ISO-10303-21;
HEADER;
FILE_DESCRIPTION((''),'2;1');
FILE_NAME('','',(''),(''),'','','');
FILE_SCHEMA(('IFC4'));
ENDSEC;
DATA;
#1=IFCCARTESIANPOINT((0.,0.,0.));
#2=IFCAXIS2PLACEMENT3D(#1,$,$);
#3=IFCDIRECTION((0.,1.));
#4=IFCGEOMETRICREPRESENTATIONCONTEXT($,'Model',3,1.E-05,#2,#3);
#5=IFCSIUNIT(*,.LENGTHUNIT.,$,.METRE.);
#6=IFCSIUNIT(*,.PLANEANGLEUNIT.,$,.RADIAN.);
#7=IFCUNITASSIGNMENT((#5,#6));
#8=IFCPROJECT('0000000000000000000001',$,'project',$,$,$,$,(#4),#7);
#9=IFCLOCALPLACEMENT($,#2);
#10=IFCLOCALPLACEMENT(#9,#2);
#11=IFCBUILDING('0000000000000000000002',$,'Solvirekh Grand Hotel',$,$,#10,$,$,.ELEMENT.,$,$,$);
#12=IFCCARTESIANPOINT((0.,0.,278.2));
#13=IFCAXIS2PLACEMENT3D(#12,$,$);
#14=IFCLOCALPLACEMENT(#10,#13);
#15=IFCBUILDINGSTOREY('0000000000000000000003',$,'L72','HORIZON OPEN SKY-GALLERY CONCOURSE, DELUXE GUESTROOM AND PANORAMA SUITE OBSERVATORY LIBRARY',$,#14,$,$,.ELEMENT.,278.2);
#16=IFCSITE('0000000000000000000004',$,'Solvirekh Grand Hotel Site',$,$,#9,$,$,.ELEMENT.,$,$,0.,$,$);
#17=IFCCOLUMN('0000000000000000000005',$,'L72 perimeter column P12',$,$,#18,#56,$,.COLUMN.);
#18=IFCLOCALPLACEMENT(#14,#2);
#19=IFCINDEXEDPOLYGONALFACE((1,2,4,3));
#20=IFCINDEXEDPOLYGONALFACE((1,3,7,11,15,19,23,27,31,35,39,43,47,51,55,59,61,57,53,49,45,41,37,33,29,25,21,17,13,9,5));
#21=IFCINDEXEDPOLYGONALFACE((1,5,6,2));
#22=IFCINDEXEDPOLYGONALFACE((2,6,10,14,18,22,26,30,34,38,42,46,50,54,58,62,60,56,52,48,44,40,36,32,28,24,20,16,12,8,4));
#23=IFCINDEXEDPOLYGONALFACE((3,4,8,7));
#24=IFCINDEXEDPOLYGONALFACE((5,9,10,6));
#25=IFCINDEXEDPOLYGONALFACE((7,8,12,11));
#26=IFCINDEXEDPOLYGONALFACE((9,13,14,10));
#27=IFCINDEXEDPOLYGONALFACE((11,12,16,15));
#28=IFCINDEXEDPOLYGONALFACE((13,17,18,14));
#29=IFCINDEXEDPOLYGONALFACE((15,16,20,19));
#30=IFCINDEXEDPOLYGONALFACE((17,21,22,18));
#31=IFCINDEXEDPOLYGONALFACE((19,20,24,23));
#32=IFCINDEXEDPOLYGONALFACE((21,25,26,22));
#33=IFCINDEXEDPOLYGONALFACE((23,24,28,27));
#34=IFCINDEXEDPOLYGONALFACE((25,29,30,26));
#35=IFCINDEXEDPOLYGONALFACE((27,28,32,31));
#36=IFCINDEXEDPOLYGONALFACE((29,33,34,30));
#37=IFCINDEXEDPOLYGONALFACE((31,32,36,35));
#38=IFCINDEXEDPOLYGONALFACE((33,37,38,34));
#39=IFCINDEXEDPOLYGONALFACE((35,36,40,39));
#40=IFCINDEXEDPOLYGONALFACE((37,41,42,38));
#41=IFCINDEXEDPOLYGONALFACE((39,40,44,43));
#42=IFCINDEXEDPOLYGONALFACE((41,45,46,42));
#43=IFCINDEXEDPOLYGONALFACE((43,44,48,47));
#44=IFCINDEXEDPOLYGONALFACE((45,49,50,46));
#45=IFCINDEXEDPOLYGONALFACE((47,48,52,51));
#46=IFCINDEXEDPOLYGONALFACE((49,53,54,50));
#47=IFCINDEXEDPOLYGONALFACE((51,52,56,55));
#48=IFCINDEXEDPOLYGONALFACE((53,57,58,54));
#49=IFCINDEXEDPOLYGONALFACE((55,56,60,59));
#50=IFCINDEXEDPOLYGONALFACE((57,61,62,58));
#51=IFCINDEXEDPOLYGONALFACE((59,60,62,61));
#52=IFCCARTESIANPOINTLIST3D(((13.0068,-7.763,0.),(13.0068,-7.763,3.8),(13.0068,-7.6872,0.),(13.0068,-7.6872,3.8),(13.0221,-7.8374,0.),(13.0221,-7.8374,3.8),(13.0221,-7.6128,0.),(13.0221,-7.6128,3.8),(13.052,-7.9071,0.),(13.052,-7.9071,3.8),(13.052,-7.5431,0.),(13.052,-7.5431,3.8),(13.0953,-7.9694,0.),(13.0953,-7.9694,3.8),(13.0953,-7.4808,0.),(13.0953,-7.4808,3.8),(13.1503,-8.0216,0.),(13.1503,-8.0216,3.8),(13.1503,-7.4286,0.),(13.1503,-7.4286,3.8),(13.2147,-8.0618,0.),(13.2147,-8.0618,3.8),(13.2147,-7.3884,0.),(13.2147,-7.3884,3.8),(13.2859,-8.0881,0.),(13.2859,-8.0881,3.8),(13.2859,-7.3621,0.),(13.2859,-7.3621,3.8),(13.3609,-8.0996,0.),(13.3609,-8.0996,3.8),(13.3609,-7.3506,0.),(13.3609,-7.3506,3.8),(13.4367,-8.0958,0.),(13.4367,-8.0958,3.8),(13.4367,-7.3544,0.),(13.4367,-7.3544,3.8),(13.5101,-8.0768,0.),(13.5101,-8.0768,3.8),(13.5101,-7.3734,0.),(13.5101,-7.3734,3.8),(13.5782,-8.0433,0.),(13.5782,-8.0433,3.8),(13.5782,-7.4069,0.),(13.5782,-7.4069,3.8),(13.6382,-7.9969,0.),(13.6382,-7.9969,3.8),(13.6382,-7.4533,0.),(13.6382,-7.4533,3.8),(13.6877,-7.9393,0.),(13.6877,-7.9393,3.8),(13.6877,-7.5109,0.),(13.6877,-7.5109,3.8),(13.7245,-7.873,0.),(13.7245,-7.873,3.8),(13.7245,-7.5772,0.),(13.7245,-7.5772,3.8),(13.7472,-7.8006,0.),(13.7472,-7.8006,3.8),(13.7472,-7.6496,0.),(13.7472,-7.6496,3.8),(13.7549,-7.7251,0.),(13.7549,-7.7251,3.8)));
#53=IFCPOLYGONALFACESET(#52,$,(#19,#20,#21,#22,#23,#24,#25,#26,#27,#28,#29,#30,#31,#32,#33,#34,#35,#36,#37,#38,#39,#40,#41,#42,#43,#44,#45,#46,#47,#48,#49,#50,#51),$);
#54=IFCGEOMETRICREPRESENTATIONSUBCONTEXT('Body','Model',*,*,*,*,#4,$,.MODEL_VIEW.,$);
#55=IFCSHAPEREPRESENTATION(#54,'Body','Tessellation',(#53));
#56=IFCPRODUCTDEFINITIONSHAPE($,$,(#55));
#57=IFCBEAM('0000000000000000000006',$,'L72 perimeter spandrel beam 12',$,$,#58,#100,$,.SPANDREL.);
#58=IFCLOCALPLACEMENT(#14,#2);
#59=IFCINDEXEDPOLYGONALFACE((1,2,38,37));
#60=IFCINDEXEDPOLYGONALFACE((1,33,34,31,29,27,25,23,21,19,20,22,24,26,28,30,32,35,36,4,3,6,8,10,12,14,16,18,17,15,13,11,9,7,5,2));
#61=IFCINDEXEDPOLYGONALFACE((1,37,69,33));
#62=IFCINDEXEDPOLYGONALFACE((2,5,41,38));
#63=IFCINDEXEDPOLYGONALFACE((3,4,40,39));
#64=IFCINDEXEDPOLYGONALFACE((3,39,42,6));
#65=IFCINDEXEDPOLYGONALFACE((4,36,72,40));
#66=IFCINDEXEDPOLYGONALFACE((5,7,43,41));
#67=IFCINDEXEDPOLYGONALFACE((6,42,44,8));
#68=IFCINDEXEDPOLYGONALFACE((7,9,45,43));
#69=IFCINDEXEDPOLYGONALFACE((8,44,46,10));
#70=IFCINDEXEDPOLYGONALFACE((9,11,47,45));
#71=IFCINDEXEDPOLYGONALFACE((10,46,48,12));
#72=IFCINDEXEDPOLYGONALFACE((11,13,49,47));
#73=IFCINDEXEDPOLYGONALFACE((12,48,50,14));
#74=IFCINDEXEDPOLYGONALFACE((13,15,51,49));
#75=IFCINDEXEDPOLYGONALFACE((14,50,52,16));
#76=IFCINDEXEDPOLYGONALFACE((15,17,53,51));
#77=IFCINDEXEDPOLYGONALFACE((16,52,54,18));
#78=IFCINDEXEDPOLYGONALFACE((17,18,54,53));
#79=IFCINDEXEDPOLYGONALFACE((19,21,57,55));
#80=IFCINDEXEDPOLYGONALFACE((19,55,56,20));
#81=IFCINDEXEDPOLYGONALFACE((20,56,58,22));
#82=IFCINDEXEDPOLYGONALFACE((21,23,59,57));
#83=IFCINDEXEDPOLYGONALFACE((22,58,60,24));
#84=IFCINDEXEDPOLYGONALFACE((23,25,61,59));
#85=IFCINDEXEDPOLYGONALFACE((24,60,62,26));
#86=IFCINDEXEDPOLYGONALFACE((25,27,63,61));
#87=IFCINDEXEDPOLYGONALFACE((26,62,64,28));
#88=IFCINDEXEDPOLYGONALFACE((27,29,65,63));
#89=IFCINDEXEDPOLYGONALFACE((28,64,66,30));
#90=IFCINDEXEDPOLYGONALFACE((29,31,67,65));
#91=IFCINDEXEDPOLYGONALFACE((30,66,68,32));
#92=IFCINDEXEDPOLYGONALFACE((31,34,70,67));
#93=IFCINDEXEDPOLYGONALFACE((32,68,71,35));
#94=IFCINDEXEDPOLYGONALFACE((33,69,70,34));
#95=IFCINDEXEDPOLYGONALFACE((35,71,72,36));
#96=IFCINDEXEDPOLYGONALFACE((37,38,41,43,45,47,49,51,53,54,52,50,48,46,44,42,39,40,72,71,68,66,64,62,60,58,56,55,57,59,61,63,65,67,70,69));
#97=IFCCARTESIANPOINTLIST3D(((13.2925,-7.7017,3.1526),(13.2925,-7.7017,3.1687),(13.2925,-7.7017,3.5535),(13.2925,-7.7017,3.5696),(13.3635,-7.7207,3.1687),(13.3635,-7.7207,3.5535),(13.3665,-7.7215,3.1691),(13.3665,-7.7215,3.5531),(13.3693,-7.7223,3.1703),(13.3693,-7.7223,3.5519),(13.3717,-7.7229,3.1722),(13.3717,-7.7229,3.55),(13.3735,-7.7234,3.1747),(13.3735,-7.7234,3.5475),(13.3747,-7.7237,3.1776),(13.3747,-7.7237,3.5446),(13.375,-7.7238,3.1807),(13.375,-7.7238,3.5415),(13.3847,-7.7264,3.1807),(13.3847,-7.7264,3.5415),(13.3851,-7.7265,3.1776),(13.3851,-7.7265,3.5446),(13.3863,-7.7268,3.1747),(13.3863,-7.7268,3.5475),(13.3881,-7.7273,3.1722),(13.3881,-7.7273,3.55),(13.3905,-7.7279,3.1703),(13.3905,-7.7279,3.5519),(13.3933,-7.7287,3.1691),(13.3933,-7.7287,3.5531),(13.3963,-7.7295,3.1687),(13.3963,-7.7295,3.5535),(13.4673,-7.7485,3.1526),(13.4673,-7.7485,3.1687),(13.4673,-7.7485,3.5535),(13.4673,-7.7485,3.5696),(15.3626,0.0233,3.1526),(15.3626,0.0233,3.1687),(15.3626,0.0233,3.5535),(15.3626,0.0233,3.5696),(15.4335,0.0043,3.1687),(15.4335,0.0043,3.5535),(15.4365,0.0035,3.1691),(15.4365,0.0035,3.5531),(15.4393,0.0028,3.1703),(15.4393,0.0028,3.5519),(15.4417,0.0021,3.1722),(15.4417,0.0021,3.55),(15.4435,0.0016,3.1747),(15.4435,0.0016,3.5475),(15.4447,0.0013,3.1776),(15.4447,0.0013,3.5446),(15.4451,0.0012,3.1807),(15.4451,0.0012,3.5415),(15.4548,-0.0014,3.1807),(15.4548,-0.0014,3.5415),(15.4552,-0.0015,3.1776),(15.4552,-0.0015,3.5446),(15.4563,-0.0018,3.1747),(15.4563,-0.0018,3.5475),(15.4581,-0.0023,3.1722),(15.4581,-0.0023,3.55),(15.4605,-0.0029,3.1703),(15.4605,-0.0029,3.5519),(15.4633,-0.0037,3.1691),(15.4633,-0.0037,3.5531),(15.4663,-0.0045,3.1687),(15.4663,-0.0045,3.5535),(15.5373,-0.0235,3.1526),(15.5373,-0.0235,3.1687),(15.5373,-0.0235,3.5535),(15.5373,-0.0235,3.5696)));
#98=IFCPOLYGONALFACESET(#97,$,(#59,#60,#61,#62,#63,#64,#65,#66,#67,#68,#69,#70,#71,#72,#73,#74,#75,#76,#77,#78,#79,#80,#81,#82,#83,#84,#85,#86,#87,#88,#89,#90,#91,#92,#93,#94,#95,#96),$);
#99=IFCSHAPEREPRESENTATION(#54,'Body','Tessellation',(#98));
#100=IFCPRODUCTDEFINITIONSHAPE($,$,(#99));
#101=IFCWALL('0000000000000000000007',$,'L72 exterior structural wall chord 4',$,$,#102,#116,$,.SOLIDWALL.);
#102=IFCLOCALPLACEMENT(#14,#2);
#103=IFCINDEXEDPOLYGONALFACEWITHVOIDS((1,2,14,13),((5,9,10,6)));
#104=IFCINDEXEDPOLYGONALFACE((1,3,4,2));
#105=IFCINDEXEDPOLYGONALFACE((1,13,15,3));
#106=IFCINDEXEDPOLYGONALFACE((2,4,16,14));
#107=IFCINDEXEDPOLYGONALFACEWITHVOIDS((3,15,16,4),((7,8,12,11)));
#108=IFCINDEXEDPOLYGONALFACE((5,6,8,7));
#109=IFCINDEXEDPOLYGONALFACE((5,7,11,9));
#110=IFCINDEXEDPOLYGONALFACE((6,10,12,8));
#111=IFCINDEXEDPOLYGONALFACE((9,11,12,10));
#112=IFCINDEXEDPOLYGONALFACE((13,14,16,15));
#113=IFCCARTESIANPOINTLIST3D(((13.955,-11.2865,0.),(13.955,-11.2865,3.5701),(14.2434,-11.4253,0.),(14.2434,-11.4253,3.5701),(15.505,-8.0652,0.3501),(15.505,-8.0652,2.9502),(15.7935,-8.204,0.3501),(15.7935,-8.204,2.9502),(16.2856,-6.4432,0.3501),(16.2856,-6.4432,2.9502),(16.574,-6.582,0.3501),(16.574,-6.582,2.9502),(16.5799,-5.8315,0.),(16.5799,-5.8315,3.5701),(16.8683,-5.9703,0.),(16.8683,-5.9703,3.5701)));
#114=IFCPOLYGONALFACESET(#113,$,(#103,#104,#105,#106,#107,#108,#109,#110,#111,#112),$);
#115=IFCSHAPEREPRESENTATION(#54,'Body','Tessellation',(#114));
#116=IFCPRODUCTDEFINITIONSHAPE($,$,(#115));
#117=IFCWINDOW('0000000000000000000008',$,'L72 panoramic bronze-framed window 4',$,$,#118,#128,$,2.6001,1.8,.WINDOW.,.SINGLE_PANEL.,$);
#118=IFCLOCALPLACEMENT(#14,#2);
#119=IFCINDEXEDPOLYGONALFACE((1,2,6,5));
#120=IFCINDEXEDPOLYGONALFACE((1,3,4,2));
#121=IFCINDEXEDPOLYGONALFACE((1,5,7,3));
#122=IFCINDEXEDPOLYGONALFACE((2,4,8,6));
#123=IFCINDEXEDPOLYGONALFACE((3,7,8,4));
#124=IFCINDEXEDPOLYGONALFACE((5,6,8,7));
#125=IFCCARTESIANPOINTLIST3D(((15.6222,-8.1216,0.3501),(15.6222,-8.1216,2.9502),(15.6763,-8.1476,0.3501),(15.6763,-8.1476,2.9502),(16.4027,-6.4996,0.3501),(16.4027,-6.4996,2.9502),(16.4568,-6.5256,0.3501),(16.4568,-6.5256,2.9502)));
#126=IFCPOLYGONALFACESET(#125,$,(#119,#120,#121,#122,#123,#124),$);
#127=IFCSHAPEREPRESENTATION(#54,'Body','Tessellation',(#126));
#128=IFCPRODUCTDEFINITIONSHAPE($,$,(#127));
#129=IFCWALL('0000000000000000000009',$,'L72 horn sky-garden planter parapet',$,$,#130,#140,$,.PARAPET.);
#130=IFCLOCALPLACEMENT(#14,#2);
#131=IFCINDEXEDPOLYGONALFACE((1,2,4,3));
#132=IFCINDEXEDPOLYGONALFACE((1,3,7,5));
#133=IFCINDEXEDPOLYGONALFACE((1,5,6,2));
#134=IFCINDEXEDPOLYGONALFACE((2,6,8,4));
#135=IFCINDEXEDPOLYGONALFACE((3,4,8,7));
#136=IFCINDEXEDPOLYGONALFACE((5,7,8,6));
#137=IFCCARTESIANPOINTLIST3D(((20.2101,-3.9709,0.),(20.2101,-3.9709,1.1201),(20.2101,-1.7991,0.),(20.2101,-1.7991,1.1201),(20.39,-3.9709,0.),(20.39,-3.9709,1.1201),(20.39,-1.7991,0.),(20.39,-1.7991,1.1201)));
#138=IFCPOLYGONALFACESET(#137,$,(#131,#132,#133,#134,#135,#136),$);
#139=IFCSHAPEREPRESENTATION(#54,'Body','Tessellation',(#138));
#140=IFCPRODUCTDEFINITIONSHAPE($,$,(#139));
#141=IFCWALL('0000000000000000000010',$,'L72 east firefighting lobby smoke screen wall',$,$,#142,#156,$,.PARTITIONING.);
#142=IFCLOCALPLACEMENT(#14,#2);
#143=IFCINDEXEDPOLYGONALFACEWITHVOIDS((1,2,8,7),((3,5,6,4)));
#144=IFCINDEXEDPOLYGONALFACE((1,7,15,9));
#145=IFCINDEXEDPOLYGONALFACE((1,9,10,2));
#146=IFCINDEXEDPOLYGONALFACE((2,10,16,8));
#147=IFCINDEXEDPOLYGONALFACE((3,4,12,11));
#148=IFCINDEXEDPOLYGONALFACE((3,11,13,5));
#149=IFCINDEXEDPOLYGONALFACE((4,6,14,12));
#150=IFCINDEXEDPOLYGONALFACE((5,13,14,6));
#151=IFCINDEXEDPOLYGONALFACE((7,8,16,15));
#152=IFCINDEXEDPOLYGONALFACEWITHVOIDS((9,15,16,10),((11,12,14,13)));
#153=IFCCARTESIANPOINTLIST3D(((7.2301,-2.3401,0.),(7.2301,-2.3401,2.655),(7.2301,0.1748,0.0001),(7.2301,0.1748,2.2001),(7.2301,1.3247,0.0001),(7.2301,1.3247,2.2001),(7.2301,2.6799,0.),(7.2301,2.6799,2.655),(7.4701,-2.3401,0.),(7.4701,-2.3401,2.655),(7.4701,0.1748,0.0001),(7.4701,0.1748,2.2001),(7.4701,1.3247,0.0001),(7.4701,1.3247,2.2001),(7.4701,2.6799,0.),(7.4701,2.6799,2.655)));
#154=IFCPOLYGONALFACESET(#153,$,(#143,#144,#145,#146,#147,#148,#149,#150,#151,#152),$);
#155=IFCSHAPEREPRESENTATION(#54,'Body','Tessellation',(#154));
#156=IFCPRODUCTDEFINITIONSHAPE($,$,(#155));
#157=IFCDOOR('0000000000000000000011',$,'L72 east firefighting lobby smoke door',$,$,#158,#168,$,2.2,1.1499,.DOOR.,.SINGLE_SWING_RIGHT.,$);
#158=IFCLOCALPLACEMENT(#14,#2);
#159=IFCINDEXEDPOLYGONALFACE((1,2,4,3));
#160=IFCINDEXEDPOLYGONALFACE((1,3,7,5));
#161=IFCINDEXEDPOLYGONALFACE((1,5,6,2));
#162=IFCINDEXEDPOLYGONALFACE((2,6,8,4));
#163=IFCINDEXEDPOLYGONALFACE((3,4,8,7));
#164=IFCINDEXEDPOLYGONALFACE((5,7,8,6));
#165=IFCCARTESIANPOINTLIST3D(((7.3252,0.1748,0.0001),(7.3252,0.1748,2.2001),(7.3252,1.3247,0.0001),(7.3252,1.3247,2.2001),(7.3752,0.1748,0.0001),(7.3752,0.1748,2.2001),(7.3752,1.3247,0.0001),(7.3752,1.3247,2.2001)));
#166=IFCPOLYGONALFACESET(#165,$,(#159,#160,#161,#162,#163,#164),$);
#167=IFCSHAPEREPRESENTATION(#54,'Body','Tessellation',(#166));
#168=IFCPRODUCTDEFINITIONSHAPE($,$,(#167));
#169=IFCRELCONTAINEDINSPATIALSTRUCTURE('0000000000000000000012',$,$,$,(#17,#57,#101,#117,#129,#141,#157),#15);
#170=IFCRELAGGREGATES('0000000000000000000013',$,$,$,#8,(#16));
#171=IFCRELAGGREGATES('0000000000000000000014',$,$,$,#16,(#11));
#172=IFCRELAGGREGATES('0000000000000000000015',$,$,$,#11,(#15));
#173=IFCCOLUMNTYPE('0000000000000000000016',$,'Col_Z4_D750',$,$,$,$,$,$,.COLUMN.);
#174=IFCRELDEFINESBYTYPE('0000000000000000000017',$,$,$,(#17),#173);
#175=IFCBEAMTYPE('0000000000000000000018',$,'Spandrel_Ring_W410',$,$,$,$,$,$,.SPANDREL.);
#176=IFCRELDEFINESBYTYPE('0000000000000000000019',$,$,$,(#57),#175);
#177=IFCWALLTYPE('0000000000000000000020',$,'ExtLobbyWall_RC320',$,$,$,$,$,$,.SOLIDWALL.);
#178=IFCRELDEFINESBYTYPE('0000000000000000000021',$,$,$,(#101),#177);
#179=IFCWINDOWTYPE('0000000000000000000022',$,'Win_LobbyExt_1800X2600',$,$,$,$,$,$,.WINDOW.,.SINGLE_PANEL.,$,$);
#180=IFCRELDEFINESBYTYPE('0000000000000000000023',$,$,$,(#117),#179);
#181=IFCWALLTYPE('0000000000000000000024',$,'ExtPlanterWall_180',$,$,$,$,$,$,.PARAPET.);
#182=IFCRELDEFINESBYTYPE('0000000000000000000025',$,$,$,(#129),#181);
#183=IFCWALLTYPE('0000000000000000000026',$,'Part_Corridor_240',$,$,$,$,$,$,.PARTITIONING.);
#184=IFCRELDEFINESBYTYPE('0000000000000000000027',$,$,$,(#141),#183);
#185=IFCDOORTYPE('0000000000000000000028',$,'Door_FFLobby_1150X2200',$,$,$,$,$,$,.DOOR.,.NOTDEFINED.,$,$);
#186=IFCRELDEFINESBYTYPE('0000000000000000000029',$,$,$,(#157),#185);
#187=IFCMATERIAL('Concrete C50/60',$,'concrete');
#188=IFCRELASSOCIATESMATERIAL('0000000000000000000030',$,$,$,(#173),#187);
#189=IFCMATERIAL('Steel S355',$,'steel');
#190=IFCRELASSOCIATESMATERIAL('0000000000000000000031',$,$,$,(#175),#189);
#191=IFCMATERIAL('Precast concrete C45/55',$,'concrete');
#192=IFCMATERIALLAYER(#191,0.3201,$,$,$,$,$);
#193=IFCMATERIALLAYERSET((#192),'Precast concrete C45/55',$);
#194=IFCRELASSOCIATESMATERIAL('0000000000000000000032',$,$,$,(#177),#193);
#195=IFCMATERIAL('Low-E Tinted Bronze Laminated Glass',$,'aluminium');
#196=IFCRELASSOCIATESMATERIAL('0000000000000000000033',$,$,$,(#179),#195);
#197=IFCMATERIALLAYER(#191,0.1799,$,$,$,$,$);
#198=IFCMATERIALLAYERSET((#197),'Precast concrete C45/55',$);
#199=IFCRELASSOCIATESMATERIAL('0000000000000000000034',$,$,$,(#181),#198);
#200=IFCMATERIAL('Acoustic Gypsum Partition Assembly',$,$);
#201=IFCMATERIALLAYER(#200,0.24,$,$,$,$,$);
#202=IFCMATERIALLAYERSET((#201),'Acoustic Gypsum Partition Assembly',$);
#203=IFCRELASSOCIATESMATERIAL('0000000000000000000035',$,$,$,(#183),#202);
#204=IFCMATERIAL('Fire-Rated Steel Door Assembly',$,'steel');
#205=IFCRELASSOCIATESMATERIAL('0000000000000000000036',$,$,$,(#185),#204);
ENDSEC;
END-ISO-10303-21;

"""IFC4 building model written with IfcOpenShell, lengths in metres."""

from ifc_helpers import new_model, si_unit, direction, frame, frame_2d, origin, origin_2d, place, context, subcontext, project, spatial, rectangle, circle, i_section, extrude, material, layer, layer_set, material_profile, profile_set, type_object, element, fill, save


model = new_model("IFC4")

# Units and contexts
model_context = context("Model", 3, precision=1e-05, world=origin(), true_north=direction((0.0, 1.0)))
body_context = subcontext(model_context, "Body", "Model", "MODEL_VIEW")
ifc_project = project(units=[si_unit("LENGTHUNIT", "METRE"), si_unit("PLANEANGLEUNIT", "RADIAN")], contexts=[model_context])

# Site, building, storey
site_placement = place(None, origin())
site = spatial("IfcSite", under=ifc_project, at=site_placement, Name="Solvirekh Grand Hotel Site", CompositionType="ELEMENT", RefElevation=0.0)
building_placement = place(site_placement, origin())
building = spatial("IfcBuilding", under=site, at=building_placement, Name="Solvirekh Grand Hotel", CompositionType="ELEMENT")
storey_placement = place(building_placement, frame((0.0, 0.0, 278.2)))
storey = spatial("IfcBuildingStorey", under=building, at=storey_placement, Name="L72", Description="HORIZON OPEN SKY-GALLERY CONCOURSE, DELUXE GUESTROOM AND PANORAMA SUITE OBSERVATORY LIBRARY", CompositionType="ELEMENT", Elevation=278.2)

# Column
ifc_material_1 = material(Name="Concrete C50/60", Category="concrete")
ifc_material_profile_1 = material_profile(ifc_material_1, circle(Radius=0.375, at=origin_2d()), Name="RC CIRC D750")
ifc_profile_set_1 = profile_set([ifc_material_profile_1], Name="Concrete C50/60")
column_type = type_object("IfcColumnType", Name="Col_Z4_D750", PredefinedType="COLUMN", material=ifc_profile_set_1)
column_placement = place(storey_placement, frame((13.3799, -7.7251, 0.0), z_axis=(0.0, 0.0, 1.0), x_axis=(1.0, 0.0, 0.0)))
element("IfcColumn", 1, at=column_placement, inside=storey, type_object=column_type, Name="L72 perimeter column P12", PredefinedType="COLUMN", context=body_context, shape_type="SweptSolid", body=[
    extrude(circle(Radius=0.375, at=origin_2d()), origin(), (0.0, 0.0, 1.0), 3.8),
])

# Beam
ifc_material_2 = material(Name="Steel S355", Category="steel")
ifc_material_profile_2 = material_profile(ifc_material_2, i_section(OverallWidth=0.1809, OverallDepth=0.417, WebThickness=0.01, FlangeThickness=0.0161, FilletRadius=0.012, at=origin_2d()), Name="W410X85")
ifc_profile_set_2 = profile_set([ifc_material_profile_2], Name="Steel S355")
beam_type = type_object("IfcBeamType", Name="Spandrel_Ring_W410", PredefinedType="SPANDREL", material=ifc_profile_set_2)
beam_placement = place(storey_placement, frame((13.3799, -7.7251, 3.3611), z_axis=(0.258835, 0.965922, 0.0), x_axis=(-0.965922, 0.258835, 0.0)))
element("IfcBeam", 2, at=beam_placement, inside=storey, type_object=beam_type, Name="L72 perimeter spandrel beam 12", PredefinedType="SPANDREL", context=body_context, shape_type="SweptSolid", body=[
    extrude(i_section(OverallWidth=0.1809, OverallDepth=0.417, WebThickness=0.01, FlangeThickness=0.0161, FilletRadius=0.012, at=origin_2d()), origin(), (0.0, 0.0, 1.0), 7.9976),
])

# Wall, opening, window
ifc_material_3 = material(Name="Precast concrete C45/55", Category="concrete")
ifc_layer_1 = layer(ifc_material_3, 0.3201)
ifc_layer_set_1 = layer_set([ifc_layer_1], Name="Precast concrete C45/55")
wall_type_1 = type_object("IfcWallType", Name="ExtLobbyWall_RC320", PredefinedType="SOLIDWALL", material=ifc_layer_set_1)
wall_1_placement = place(storey_placement, frame((16.7241, -5.9009, 0.0), z_axis=(0.0, 0.0, 1.0), x_axis=(-0.433612, -0.9011, 0.0)))
wall_1 = element("IfcWall", 3, at=wall_1_placement, inside=storey, type_object=wall_type_1, Name="L72 exterior structural wall chord 4", PredefinedType="SOLIDWALL", context=body_context, shape_type="SweptSolid", body=[
    extrude(rectangle(XDim=6.0537, YDim=0.3201, at=frame_2d((3.0269, 0.0))), origin(), (0.0, 0.0, 1.0), 3.5701),
])
opening_1_placement = place(wall_1_placement, frame((0.679, 0.0, 0.3501)))
opening_1 = element("IfcOpeningElement", 4, at=opening_1_placement, cuts=wall_1, PredefinedType="OPENING", context=body_context, shape_type="SweptSolid", body=[
    extrude(rectangle(XDim=1.8, YDim=2.6001, at=frame_2d((0.8999, 1.3))), frame((0.0, 0.1699, 0.0), z_axis=(0.0, -1.0, 0.0), x_axis=(1.0, 0.0, 0.0)), (0.0, 0.0, 1.0), 0.3401),
])
ifc_material_4 = material(Name="Low-E Tinted Bronze Laminated Glass", Category="aluminium")
window_type = type_object("IfcWindowType", Name="Win_LobbyExt_1800X2600", PartitioningType="SINGLE_PANEL", PredefinedType="WINDOW", material=ifc_material_4)
window_placement = place(opening_1_placement, origin())
window = element("IfcWindow", 5, at=window_placement, inside=storey, type_object=window_type, Name="L72 panoramic bronze-framed window 4", OverallHeight=2.6001, OverallWidth=1.8, PartitioningType="SINGLE_PANEL", PredefinedType="WINDOW", context=body_context, shape_type="SweptSolid", body=[
    extrude(rectangle(XDim=1.8, YDim=2.6001, at=frame_2d((0.8999, 1.3))), frame((0.0, 0.03, 0.0), z_axis=(0.0, -1.0, 0.0), x_axis=(1.0, 0.0, 0.0)), (0.0, 0.0, 1.0), 0.0601),
])
fill(opening_1, window)

# Wall
ifc_layer_2 = layer(ifc_material_3, 0.1799)
ifc_layer_set_2 = layer_set([ifc_layer_2], Name="Precast concrete C45/55")
wall_type_2 = type_object("IfcWallType", Name="ExtPlanterWall_180", PredefinedType="PARAPET", material=ifc_layer_set_2)
wall_2_placement = place(storey_placement, frame((20.3, -3.9709, 0.0), z_axis=(0.0, 0.0, 1.0), x_axis=(0.0, 1.0, 0.0)))
element("IfcWall", 6, at=wall_2_placement, inside=storey, type_object=wall_type_2, Name="L72 horn sky-garden planter parapet", PredefinedType="PARAPET", context=body_context, shape_type="SweptSolid", body=[
    extrude(rectangle(XDim=2.1719, YDim=0.1799, at=frame_2d((1.0859, 0.0))), origin(), (0.0, 0.0, 1.0), 1.1201),
])

# Wall, opening, door
ifc_material_5 = material(Name="Acoustic Gypsum Partition Assembly")
ifc_layer_3 = layer(ifc_material_5, 0.24)
ifc_layer_set_3 = layer_set([ifc_layer_3], Name="Acoustic Gypsum Partition Assembly")
wall_type_3 = type_object("IfcWallType", Name="Part_Corridor_240", PredefinedType="PARTITIONING", material=ifc_layer_set_3)
wall_3_placement = place(storey_placement, frame((7.3501, -2.3401, 0.0), z_axis=(0.0, 0.0, 1.0), x_axis=(0.0, 1.0, 0.0)))
wall_3 = element("IfcWall", 7, at=wall_3_placement, inside=storey, type_object=wall_type_3, Name="L72 east firefighting lobby smoke screen wall", PredefinedType="PARTITIONING", context=body_context, shape_type="SweptSolid", body=[
    extrude(rectangle(XDim=5.02, YDim=0.24, at=frame_2d((2.51, 0.0))), origin(), (0.0, 0.0, 1.0), 2.655),
])
opening_2_placement = place(wall_3_placement, frame((2.5149, 0.0, 0.0)))
opening_2 = element("IfcOpeningElement", 8, at=opening_2_placement, cuts=wall_3, PredefinedType="OPENING", context=body_context, shape_type="SweptSolid", body=[
    extrude(rectangle(XDim=1.1499, YDim=2.2, at=frame_2d((0.575, 1.1001))), frame((0.0, 0.1299, 0.0), z_axis=(0.0, -1.0, 0.0), x_axis=(1.0, 0.0, 0.0)), (0.0, 0.0, 1.0), 0.26),
])
ifc_material_6 = material(Name="Fire-Rated Steel Door Assembly", Category="steel")
door_type_1 = type_object("IfcDoorType", Name="Door_FFLobby_1150X2200", OperationType="NOTDEFINED", PredefinedType="DOOR", material=ifc_material_6)
door_1_placement = place(opening_2_placement, origin())
door_1 = element("IfcDoor", 9, at=door_1_placement, inside=storey, type_object=door_type_1, Name="L72 east firefighting lobby smoke door", OperationType="SINGLE_SWING_RIGHT", OverallHeight=2.2, OverallWidth=1.1499, PredefinedType="DOOR", context=body_context, shape_type="SweptSolid", body=[
    extrude(rectangle(XDim=1.1499, YDim=2.2, at=frame_2d((0.575, 1.1001))), frame((0.0, 0.0249, 0.0), z_axis=(0.0, -1.0, 0.0), x_axis=(1.0, 0.0, 0.0)), (0.0, 0.0, 1.0), 0.05),
])
fill(opening_2, door_1)

save(model, "model.ifc")
